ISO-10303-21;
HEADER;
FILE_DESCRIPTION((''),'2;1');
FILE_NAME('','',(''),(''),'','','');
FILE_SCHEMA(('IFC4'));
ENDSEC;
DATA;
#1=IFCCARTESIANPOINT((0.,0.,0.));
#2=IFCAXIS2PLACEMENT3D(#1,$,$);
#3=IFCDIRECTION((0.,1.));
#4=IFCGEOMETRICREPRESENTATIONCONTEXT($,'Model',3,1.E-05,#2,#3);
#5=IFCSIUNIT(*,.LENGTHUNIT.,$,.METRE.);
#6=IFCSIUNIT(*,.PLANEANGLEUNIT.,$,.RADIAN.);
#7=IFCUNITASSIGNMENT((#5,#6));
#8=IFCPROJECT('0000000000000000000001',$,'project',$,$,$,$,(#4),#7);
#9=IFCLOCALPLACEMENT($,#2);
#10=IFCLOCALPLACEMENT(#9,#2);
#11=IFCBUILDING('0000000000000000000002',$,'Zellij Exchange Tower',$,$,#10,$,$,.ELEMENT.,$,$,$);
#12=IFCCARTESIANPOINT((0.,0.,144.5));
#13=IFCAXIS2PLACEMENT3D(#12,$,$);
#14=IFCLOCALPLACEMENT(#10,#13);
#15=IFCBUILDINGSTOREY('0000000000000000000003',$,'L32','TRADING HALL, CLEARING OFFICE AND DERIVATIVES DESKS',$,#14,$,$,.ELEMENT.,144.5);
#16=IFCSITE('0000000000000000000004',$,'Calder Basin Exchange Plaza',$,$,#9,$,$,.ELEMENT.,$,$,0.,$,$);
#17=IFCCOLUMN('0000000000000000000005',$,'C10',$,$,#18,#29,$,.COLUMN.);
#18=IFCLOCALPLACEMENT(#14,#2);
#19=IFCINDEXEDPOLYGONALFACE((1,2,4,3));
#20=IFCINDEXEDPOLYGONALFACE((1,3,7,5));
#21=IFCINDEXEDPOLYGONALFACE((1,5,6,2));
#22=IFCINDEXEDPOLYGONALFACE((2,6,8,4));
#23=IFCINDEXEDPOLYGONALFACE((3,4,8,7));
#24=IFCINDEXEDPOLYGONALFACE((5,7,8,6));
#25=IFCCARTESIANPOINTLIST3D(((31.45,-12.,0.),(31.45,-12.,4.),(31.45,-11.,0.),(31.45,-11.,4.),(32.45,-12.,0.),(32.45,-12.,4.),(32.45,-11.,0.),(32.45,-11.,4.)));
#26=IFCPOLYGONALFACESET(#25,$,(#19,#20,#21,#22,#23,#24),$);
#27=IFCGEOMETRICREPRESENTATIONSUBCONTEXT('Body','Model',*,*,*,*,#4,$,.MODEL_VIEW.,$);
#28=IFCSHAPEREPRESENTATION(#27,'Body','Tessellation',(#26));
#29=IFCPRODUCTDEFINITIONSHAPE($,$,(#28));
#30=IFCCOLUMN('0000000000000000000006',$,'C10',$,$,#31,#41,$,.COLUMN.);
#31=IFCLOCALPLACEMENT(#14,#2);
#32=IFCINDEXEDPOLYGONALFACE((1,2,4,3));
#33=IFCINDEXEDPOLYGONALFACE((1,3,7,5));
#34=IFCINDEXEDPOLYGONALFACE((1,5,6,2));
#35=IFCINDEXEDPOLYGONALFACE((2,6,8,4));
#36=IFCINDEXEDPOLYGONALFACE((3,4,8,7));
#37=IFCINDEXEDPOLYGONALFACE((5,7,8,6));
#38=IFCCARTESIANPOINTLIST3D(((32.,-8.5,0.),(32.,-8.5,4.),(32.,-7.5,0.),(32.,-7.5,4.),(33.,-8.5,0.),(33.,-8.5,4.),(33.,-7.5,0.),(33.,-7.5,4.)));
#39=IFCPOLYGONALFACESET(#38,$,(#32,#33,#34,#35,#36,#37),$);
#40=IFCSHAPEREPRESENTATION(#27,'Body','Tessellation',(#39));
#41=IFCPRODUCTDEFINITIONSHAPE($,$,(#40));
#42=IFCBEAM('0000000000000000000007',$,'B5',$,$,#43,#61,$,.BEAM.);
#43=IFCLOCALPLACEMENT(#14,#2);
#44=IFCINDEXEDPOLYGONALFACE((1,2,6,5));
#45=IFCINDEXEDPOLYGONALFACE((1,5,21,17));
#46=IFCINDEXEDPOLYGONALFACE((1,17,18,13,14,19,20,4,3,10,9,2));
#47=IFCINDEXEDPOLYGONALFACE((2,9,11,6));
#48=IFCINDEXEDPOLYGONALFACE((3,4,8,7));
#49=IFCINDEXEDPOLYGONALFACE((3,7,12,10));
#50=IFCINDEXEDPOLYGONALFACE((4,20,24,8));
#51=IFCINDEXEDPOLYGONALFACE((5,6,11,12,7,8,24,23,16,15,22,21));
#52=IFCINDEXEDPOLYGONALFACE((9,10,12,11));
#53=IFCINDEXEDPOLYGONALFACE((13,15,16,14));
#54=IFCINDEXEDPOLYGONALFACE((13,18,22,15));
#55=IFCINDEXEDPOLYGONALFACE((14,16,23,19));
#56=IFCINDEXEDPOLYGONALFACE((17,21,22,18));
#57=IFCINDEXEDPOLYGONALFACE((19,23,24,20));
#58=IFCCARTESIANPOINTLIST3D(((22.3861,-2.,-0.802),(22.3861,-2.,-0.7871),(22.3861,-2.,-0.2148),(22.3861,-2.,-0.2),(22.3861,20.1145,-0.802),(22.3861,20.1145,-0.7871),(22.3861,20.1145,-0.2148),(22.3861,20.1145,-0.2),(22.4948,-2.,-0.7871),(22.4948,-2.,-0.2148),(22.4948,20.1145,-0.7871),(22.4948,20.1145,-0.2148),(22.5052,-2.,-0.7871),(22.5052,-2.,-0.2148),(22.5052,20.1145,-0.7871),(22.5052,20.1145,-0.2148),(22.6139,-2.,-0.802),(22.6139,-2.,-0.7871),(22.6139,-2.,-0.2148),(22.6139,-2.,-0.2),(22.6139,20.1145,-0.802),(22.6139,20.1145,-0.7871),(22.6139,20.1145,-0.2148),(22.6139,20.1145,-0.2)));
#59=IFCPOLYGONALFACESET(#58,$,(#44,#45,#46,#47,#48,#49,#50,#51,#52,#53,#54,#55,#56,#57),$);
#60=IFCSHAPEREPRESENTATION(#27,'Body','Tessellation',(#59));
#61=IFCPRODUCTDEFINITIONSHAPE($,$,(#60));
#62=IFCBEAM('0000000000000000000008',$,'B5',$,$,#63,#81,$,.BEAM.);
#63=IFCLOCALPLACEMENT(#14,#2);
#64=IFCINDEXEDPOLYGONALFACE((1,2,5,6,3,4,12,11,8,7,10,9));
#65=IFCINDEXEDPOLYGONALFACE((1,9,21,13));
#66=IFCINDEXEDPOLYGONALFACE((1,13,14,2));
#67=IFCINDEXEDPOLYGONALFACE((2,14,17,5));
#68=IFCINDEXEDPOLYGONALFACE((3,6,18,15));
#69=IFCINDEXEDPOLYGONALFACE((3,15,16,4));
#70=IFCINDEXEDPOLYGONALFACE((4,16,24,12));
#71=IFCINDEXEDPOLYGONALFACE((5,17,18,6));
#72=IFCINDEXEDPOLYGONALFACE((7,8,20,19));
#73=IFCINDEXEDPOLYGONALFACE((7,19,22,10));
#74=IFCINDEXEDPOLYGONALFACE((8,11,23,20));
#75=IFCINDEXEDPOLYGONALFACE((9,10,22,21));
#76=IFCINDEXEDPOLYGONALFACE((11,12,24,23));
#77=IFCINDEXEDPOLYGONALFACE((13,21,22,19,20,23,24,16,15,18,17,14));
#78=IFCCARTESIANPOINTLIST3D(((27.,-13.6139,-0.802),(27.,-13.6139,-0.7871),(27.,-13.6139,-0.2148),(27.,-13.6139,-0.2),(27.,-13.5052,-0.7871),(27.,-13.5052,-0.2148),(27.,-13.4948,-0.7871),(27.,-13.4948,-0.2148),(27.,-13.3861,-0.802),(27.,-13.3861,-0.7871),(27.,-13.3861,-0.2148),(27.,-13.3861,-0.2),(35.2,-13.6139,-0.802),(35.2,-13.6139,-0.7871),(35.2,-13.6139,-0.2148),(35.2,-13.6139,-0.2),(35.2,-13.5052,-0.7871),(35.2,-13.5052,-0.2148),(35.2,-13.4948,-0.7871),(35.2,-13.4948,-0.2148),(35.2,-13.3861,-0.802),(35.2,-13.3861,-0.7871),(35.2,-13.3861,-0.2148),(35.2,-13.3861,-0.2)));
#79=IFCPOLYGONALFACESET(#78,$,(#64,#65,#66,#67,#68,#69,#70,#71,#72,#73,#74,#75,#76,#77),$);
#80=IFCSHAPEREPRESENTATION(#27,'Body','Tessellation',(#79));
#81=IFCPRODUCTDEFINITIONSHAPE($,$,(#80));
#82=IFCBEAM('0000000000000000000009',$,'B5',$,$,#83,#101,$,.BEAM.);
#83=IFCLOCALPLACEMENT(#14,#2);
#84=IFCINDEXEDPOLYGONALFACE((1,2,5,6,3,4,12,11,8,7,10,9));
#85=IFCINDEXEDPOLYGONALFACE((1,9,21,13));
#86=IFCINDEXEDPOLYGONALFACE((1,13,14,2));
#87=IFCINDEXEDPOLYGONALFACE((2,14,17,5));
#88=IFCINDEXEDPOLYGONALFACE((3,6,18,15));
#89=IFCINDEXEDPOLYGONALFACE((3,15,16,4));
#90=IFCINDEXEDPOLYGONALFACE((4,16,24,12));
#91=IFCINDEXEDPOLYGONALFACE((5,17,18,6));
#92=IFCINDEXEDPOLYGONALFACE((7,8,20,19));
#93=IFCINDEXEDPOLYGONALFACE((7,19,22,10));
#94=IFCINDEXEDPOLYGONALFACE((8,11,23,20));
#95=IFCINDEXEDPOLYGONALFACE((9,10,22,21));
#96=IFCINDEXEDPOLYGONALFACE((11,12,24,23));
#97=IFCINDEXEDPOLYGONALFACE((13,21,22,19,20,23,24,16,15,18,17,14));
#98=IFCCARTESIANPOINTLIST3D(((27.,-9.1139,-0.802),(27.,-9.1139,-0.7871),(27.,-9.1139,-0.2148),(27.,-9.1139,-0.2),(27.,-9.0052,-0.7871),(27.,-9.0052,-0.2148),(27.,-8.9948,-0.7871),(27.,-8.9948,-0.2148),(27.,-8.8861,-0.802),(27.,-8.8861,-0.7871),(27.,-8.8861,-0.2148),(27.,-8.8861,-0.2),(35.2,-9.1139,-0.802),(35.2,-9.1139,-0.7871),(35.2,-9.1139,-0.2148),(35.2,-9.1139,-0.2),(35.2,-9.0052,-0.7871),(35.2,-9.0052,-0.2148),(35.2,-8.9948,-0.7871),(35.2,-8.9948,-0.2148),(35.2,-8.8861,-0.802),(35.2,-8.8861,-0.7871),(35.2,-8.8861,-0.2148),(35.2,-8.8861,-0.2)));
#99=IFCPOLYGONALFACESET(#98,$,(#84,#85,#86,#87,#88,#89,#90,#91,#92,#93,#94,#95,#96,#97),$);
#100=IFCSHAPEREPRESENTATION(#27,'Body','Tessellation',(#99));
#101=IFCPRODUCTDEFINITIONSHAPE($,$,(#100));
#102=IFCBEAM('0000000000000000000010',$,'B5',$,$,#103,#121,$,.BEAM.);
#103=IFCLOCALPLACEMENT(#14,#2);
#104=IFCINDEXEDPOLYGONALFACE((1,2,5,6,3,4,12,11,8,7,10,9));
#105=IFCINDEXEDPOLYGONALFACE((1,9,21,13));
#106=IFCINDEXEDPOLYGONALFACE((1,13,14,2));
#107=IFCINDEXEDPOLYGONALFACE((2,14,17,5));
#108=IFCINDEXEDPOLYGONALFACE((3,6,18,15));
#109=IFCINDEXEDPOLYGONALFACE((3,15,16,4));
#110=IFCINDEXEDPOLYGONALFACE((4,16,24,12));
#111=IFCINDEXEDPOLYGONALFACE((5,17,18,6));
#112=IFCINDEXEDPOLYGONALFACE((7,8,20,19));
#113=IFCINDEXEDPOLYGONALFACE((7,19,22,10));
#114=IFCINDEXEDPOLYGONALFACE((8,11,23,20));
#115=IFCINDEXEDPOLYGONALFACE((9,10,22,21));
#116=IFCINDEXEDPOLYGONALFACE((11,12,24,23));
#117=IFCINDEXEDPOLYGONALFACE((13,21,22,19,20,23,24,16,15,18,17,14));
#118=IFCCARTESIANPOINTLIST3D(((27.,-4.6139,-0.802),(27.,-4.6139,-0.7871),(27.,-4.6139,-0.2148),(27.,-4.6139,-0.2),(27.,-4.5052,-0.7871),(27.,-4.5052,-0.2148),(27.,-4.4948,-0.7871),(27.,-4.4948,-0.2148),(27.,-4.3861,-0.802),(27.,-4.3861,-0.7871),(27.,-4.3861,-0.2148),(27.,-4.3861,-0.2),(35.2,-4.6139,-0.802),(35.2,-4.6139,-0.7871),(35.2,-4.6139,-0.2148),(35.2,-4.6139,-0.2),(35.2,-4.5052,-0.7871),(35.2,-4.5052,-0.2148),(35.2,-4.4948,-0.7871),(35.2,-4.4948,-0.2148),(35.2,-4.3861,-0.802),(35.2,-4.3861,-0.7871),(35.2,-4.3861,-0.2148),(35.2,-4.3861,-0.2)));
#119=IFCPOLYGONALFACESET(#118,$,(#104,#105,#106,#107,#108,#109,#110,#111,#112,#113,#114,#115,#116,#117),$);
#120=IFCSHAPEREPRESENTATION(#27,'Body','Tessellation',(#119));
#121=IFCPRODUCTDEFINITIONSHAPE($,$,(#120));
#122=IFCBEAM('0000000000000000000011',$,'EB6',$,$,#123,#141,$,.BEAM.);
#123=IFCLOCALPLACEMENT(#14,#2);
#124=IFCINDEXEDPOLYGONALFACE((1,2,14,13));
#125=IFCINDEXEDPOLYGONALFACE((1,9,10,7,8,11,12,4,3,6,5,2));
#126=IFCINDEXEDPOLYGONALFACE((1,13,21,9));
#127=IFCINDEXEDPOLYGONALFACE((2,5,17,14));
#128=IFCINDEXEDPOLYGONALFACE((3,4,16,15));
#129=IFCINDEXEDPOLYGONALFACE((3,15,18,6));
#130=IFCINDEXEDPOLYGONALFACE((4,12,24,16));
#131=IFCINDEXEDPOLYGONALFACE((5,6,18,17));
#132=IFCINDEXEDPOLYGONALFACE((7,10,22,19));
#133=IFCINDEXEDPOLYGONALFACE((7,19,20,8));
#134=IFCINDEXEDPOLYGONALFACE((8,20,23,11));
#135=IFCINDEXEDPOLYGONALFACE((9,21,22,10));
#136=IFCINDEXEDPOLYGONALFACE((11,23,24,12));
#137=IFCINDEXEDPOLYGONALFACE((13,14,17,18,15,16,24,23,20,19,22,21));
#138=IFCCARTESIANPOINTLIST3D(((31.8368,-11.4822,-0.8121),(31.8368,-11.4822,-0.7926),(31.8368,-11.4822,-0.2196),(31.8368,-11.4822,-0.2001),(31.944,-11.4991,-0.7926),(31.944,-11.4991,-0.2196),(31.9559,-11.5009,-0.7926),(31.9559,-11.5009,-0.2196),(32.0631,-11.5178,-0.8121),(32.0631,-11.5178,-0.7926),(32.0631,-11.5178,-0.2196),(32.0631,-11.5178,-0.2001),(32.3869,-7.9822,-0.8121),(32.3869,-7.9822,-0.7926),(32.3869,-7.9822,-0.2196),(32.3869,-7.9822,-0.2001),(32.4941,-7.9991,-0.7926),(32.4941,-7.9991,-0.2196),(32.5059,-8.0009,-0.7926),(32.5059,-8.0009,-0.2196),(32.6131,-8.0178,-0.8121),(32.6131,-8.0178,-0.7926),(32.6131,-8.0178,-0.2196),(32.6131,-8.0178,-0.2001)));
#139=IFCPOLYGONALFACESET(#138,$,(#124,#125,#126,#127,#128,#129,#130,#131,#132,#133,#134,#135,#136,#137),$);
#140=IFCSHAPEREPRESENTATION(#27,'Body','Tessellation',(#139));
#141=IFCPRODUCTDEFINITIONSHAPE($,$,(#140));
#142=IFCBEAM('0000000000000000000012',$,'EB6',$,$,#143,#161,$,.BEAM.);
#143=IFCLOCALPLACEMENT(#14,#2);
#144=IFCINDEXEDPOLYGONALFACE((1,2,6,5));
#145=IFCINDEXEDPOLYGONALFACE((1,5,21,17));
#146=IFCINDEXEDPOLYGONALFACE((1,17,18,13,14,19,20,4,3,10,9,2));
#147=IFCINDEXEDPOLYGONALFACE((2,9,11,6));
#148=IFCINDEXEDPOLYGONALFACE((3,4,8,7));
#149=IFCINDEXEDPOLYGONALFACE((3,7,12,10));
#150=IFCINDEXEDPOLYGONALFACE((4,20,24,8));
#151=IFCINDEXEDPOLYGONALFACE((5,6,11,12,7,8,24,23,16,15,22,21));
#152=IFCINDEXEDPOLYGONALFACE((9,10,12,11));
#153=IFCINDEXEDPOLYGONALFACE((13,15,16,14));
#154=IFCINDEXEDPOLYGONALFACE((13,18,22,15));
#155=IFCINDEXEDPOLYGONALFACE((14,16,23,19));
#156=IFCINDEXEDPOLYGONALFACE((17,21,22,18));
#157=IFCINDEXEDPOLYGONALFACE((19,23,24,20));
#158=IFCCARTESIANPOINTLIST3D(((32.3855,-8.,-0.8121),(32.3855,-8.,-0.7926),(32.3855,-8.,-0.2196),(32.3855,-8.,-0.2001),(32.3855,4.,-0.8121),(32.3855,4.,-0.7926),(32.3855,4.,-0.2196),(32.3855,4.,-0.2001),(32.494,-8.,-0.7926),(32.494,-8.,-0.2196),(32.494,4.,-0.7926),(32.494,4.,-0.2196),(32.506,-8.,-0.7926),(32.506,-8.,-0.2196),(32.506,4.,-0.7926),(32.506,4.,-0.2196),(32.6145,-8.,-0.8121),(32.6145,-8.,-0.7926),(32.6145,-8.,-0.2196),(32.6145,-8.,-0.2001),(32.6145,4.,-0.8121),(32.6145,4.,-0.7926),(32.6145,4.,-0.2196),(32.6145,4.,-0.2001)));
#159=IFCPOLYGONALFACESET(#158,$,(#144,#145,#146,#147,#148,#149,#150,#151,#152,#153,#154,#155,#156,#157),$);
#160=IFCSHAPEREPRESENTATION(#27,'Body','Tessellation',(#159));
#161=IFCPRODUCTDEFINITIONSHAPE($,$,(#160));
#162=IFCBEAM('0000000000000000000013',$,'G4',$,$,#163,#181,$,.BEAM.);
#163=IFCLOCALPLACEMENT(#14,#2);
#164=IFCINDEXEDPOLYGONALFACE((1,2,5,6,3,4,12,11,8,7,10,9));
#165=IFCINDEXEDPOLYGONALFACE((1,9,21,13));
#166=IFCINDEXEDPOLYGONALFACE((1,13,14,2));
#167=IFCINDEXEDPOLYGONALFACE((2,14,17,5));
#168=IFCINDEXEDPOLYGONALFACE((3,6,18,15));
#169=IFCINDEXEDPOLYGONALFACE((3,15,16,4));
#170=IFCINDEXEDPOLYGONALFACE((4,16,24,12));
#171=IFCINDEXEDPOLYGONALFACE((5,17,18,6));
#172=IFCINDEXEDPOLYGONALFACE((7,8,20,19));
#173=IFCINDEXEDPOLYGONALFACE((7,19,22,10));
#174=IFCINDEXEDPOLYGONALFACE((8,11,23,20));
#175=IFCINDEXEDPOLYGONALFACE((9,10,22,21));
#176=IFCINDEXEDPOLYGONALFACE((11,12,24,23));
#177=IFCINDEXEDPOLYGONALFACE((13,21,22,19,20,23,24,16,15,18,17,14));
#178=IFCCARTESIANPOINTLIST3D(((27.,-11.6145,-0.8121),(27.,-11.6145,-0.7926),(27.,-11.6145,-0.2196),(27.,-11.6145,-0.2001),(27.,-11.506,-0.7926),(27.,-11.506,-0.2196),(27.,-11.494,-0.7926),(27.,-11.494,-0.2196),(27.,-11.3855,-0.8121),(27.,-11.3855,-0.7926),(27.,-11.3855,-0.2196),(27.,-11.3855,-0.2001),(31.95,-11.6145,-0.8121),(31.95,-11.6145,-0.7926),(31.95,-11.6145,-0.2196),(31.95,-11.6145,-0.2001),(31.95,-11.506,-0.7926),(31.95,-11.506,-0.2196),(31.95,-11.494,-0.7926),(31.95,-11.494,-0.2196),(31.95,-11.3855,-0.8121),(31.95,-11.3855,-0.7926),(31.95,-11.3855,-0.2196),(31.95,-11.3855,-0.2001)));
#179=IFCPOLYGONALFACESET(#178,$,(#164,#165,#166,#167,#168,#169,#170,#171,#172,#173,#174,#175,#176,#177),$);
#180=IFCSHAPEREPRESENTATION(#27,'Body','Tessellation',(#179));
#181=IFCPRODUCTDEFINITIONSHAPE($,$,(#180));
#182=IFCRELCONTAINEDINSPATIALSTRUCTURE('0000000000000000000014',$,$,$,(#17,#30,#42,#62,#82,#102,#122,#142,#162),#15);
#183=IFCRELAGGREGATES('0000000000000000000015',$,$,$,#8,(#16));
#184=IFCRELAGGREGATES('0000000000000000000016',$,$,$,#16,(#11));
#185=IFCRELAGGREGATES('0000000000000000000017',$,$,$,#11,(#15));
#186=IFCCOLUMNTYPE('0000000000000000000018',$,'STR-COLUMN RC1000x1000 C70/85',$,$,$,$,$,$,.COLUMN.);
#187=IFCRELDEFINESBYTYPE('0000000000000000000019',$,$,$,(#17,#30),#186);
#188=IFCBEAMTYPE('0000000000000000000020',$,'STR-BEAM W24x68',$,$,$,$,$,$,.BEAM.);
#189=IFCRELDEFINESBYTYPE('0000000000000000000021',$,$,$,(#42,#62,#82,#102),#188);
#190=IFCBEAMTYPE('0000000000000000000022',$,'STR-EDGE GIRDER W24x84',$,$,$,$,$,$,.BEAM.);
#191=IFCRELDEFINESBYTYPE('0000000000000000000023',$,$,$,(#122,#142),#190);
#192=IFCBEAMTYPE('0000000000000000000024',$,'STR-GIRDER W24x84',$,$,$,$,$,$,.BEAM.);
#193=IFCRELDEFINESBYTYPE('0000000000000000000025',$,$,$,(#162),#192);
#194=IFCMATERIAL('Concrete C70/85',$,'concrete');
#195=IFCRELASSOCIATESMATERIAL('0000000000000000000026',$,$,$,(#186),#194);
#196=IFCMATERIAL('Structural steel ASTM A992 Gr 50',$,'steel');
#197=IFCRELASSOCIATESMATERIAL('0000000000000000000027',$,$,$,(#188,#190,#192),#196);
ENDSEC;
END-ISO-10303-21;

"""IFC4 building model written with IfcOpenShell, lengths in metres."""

from ifc_helpers import new_model, si_unit, direction, frame, origin, origin_2d, place, context, subcontext, project, spatial, rectangle, i_section, extrude, material, material_profile, profile_set, type_object, element, save


model = new_model("IFC4")

# Units and contexts
model_context = context("Model", 3, precision=1e-05, world=origin(), true_north=direction((0.0, 1.0)))
body_context = subcontext(model_context, "Body", "Model", "MODEL_VIEW")
ifc_project = project(units=[si_unit("LENGTHUNIT", "METRE"), si_unit("PLANEANGLEUNIT", "RADIAN")], contexts=[model_context])

# Site, building, storey
site_placement = place(None, origin())
site = spatial("IfcSite", under=ifc_project, at=site_placement, Name="Calder Basin Exchange Plaza", CompositionType="ELEMENT", RefElevation=0.0)
building_placement = place(site_placement, origin())
building = spatial("IfcBuilding", under=site, at=building_placement, Name="Zellij Exchange Tower", CompositionType="ELEMENT")
storey_placement = place(building_placement, frame((0.0, 0.0, 144.5)))
storey = spatial("IfcBuildingStorey", under=building, at=storey_placement, Name="L32", Description="TRADING HALL, CLEARING OFFICE AND DERIVATIVES DESKS", CompositionType="ELEMENT", Elevation=144.5)

# Columns
ifc_material_1 = material(Name="Concrete C70/85", Category="concrete")
ifc_material_profile_1 = material_profile(ifc_material_1, rectangle(XDim=1.0, YDim=1.0, at=origin_2d()), Name="STR-COLUMN RC1000x1000 C70/85")
ifc_profile_set_1 = profile_set([ifc_material_profile_1], Name="Concrete C70/85")
column_type = type_object("IfcColumnType", Name="STR-COLUMN RC1000x1000 C70/85", PredefinedType="COLUMN", material=ifc_profile_set_1)
for number, where, z_axis, x_axis, name in (
    (1, (31.95, -11.5, 0.0), (0.0, 0.0, 1.0), (1.0, 0.0, 0.0), "C10"),
    (2, (32.5, -8.0, 0.0), (0.0, 0.0, 1.0), (1.0, 0.0, 0.0), "C10"),
):
    element("IfcColumn", number, at=place(storey_placement, frame(where, z_axis=z_axis, x_axis=x_axis)), inside=storey, type_object=column_type, Name=name, PredefinedType="COLUMN", context=body_context, shape_type="SweptSolid", body=[
        extrude(rectangle(XDim=1.0, YDim=1.0, at=origin_2d()), origin(), (0.0, 0.0, 1.0), 4.0),
    ])

# Beams
ifc_material_2 = material(Name="Structural steel ASTM A992 Gr 50", Category="steel")
ifc_material_profile_2 = material_profile(ifc_material_2, i_section(OverallWidth=0.2278, OverallDepth=0.6021, WebThickness=0.0105, FlangeThickness=0.0149, at=origin_2d()), Name="W24x68")
ifc_profile_set_2 = profile_set([ifc_material_profile_2], Name="Structural steel ASTM A992 Gr 50")
beam_type_1 = type_object("IfcBeamType", Name="STR-BEAM W24x68", PredefinedType="BEAM", material=ifc_profile_set_2)
beam_1_placement = place(storey_placement, frame((22.5, -2.0, -0.501), z_axis=(0.0, 1.0, 0.0), x_axis=(-1.0, 0.0, 0.0)))
element("IfcBeam", 3, at=beam_1_placement, inside=storey, type_object=beam_type_1, Name="B5", PredefinedType="BEAM", context=body_context, shape_type="SweptSolid", body=[
    extrude(i_section(OverallWidth=0.2278, OverallDepth=0.6021, WebThickness=0.0105, FlangeThickness=0.0149, at=origin_2d()), origin(), (0.0, 0.0, 1.0), 22.1145),
])
for number, where, z_axis, x_axis, name in (
    (4, (27.0, -13.5, -0.501), (1.0, 0.0, 0.0), (0.0, 1.0, 0.0), "B5"),
    (5, (27.0, -9.0, -0.501), (1.0, 0.0, 0.0), (0.0, 1.0, 0.0), "B5"),
    (6, (27.0, -4.5, -0.501), (1.0, 0.0, 0.0), (0.0, 1.0, 0.0), "B5"),
):
    element("IfcBeam", number, at=place(storey_placement, frame(where, z_axis=z_axis, x_axis=x_axis)), inside=storey, type_object=beam_type_1, Name=name, PredefinedType="BEAM", context=body_context, shape_type="SweptSolid", body=[
        extrude(i_section(OverallWidth=0.2278, OverallDepth=0.6021, WebThickness=0.0105, FlangeThickness=0.0149, at=origin_2d()), origin(), (0.0, 0.0, 1.0), 8.2),
    ])
ifc_material_profile_3 = material_profile(ifc_material_2, i_section(OverallWidth=0.229, OverallDepth=0.6121, WebThickness=0.012, FlangeThickness=0.0195, at=origin_2d()), Name="W24x84")
ifc_profile_set_3 = profile_set([ifc_material_profile_3], Name="Structural steel ASTM A992 Gr 50")
beam_type_2 = type_object("IfcBeamType", Name="STR-EDGE GIRDER W24x84", PredefinedType="BEAM", material=ifc_profile_set_3)
beam_2_placement = place(storey_placement, frame((31.95, -11.5, -0.5061), z_axis=(0.155251, 0.987875, 0.0), x_axis=(-0.987875, 0.155251, 0.0)))
element("IfcBeam", 7, at=beam_2_placement, inside=storey, type_object=beam_type_2, Name="EB6", PredefinedType="BEAM", context=body_context, shape_type="SweptSolid", body=[
    extrude(i_section(OverallWidth=0.229, OverallDepth=0.6121, WebThickness=0.012, FlangeThickness=0.0195, at=origin_2d()), origin(), (0.0, 0.0, 1.0), 3.543),
])
beam_3_placement = place(storey_placement, frame((32.5, -8.0, -0.5061), z_axis=(0.0, 1.0, 0.0), x_axis=(-1.0, 0.0, 0.0)))
element("IfcBeam", 8, at=beam_3_placement, inside=storey, type_object=beam_type_2, Name="EB6", PredefinedType="BEAM", context=body_context, shape_type="SweptSolid", body=[
    extrude(i_section(OverallWidth=0.229, OverallDepth=0.6121, WebThickness=0.012, FlangeThickness=0.0195, at=origin_2d()), origin(), (0.0, 0.0, 1.0), 12.0),
])
ifc_material_profile_4 = material_profile(ifc_material_2, i_section(OverallWidth=0.229, OverallDepth=0.6121, WebThickness=0.012, FlangeThickness=0.0195, at=origin_2d()), Name="W24x84")
ifc_profile_set_4 = profile_set([ifc_material_profile_4], Name="Structural steel ASTM A992 Gr 50")
beam_type_3 = type_object("IfcBeamType", Name="STR-GIRDER W24x84", PredefinedType="BEAM", material=ifc_profile_set_4)
beam_4_placement = place(storey_placement, frame((27.0, -11.5, -0.5061), z_axis=(1.0, 0.0, 0.0), x_axis=(0.0, 1.0, 0.0)))
element("IfcBeam", 9, at=beam_4_placement, inside=storey, type_object=beam_type_3, Name="G4", PredefinedType="BEAM", context=body_context, shape_type="SweptSolid", body=[
    extrude(i_section(OverallWidth=0.229, OverallDepth=0.6121, WebThickness=0.012, FlangeThickness=0.0195, at=origin_2d()), origin(), (0.0, 0.0, 1.0), 4.95),
])

save(model, "model.ifc")
